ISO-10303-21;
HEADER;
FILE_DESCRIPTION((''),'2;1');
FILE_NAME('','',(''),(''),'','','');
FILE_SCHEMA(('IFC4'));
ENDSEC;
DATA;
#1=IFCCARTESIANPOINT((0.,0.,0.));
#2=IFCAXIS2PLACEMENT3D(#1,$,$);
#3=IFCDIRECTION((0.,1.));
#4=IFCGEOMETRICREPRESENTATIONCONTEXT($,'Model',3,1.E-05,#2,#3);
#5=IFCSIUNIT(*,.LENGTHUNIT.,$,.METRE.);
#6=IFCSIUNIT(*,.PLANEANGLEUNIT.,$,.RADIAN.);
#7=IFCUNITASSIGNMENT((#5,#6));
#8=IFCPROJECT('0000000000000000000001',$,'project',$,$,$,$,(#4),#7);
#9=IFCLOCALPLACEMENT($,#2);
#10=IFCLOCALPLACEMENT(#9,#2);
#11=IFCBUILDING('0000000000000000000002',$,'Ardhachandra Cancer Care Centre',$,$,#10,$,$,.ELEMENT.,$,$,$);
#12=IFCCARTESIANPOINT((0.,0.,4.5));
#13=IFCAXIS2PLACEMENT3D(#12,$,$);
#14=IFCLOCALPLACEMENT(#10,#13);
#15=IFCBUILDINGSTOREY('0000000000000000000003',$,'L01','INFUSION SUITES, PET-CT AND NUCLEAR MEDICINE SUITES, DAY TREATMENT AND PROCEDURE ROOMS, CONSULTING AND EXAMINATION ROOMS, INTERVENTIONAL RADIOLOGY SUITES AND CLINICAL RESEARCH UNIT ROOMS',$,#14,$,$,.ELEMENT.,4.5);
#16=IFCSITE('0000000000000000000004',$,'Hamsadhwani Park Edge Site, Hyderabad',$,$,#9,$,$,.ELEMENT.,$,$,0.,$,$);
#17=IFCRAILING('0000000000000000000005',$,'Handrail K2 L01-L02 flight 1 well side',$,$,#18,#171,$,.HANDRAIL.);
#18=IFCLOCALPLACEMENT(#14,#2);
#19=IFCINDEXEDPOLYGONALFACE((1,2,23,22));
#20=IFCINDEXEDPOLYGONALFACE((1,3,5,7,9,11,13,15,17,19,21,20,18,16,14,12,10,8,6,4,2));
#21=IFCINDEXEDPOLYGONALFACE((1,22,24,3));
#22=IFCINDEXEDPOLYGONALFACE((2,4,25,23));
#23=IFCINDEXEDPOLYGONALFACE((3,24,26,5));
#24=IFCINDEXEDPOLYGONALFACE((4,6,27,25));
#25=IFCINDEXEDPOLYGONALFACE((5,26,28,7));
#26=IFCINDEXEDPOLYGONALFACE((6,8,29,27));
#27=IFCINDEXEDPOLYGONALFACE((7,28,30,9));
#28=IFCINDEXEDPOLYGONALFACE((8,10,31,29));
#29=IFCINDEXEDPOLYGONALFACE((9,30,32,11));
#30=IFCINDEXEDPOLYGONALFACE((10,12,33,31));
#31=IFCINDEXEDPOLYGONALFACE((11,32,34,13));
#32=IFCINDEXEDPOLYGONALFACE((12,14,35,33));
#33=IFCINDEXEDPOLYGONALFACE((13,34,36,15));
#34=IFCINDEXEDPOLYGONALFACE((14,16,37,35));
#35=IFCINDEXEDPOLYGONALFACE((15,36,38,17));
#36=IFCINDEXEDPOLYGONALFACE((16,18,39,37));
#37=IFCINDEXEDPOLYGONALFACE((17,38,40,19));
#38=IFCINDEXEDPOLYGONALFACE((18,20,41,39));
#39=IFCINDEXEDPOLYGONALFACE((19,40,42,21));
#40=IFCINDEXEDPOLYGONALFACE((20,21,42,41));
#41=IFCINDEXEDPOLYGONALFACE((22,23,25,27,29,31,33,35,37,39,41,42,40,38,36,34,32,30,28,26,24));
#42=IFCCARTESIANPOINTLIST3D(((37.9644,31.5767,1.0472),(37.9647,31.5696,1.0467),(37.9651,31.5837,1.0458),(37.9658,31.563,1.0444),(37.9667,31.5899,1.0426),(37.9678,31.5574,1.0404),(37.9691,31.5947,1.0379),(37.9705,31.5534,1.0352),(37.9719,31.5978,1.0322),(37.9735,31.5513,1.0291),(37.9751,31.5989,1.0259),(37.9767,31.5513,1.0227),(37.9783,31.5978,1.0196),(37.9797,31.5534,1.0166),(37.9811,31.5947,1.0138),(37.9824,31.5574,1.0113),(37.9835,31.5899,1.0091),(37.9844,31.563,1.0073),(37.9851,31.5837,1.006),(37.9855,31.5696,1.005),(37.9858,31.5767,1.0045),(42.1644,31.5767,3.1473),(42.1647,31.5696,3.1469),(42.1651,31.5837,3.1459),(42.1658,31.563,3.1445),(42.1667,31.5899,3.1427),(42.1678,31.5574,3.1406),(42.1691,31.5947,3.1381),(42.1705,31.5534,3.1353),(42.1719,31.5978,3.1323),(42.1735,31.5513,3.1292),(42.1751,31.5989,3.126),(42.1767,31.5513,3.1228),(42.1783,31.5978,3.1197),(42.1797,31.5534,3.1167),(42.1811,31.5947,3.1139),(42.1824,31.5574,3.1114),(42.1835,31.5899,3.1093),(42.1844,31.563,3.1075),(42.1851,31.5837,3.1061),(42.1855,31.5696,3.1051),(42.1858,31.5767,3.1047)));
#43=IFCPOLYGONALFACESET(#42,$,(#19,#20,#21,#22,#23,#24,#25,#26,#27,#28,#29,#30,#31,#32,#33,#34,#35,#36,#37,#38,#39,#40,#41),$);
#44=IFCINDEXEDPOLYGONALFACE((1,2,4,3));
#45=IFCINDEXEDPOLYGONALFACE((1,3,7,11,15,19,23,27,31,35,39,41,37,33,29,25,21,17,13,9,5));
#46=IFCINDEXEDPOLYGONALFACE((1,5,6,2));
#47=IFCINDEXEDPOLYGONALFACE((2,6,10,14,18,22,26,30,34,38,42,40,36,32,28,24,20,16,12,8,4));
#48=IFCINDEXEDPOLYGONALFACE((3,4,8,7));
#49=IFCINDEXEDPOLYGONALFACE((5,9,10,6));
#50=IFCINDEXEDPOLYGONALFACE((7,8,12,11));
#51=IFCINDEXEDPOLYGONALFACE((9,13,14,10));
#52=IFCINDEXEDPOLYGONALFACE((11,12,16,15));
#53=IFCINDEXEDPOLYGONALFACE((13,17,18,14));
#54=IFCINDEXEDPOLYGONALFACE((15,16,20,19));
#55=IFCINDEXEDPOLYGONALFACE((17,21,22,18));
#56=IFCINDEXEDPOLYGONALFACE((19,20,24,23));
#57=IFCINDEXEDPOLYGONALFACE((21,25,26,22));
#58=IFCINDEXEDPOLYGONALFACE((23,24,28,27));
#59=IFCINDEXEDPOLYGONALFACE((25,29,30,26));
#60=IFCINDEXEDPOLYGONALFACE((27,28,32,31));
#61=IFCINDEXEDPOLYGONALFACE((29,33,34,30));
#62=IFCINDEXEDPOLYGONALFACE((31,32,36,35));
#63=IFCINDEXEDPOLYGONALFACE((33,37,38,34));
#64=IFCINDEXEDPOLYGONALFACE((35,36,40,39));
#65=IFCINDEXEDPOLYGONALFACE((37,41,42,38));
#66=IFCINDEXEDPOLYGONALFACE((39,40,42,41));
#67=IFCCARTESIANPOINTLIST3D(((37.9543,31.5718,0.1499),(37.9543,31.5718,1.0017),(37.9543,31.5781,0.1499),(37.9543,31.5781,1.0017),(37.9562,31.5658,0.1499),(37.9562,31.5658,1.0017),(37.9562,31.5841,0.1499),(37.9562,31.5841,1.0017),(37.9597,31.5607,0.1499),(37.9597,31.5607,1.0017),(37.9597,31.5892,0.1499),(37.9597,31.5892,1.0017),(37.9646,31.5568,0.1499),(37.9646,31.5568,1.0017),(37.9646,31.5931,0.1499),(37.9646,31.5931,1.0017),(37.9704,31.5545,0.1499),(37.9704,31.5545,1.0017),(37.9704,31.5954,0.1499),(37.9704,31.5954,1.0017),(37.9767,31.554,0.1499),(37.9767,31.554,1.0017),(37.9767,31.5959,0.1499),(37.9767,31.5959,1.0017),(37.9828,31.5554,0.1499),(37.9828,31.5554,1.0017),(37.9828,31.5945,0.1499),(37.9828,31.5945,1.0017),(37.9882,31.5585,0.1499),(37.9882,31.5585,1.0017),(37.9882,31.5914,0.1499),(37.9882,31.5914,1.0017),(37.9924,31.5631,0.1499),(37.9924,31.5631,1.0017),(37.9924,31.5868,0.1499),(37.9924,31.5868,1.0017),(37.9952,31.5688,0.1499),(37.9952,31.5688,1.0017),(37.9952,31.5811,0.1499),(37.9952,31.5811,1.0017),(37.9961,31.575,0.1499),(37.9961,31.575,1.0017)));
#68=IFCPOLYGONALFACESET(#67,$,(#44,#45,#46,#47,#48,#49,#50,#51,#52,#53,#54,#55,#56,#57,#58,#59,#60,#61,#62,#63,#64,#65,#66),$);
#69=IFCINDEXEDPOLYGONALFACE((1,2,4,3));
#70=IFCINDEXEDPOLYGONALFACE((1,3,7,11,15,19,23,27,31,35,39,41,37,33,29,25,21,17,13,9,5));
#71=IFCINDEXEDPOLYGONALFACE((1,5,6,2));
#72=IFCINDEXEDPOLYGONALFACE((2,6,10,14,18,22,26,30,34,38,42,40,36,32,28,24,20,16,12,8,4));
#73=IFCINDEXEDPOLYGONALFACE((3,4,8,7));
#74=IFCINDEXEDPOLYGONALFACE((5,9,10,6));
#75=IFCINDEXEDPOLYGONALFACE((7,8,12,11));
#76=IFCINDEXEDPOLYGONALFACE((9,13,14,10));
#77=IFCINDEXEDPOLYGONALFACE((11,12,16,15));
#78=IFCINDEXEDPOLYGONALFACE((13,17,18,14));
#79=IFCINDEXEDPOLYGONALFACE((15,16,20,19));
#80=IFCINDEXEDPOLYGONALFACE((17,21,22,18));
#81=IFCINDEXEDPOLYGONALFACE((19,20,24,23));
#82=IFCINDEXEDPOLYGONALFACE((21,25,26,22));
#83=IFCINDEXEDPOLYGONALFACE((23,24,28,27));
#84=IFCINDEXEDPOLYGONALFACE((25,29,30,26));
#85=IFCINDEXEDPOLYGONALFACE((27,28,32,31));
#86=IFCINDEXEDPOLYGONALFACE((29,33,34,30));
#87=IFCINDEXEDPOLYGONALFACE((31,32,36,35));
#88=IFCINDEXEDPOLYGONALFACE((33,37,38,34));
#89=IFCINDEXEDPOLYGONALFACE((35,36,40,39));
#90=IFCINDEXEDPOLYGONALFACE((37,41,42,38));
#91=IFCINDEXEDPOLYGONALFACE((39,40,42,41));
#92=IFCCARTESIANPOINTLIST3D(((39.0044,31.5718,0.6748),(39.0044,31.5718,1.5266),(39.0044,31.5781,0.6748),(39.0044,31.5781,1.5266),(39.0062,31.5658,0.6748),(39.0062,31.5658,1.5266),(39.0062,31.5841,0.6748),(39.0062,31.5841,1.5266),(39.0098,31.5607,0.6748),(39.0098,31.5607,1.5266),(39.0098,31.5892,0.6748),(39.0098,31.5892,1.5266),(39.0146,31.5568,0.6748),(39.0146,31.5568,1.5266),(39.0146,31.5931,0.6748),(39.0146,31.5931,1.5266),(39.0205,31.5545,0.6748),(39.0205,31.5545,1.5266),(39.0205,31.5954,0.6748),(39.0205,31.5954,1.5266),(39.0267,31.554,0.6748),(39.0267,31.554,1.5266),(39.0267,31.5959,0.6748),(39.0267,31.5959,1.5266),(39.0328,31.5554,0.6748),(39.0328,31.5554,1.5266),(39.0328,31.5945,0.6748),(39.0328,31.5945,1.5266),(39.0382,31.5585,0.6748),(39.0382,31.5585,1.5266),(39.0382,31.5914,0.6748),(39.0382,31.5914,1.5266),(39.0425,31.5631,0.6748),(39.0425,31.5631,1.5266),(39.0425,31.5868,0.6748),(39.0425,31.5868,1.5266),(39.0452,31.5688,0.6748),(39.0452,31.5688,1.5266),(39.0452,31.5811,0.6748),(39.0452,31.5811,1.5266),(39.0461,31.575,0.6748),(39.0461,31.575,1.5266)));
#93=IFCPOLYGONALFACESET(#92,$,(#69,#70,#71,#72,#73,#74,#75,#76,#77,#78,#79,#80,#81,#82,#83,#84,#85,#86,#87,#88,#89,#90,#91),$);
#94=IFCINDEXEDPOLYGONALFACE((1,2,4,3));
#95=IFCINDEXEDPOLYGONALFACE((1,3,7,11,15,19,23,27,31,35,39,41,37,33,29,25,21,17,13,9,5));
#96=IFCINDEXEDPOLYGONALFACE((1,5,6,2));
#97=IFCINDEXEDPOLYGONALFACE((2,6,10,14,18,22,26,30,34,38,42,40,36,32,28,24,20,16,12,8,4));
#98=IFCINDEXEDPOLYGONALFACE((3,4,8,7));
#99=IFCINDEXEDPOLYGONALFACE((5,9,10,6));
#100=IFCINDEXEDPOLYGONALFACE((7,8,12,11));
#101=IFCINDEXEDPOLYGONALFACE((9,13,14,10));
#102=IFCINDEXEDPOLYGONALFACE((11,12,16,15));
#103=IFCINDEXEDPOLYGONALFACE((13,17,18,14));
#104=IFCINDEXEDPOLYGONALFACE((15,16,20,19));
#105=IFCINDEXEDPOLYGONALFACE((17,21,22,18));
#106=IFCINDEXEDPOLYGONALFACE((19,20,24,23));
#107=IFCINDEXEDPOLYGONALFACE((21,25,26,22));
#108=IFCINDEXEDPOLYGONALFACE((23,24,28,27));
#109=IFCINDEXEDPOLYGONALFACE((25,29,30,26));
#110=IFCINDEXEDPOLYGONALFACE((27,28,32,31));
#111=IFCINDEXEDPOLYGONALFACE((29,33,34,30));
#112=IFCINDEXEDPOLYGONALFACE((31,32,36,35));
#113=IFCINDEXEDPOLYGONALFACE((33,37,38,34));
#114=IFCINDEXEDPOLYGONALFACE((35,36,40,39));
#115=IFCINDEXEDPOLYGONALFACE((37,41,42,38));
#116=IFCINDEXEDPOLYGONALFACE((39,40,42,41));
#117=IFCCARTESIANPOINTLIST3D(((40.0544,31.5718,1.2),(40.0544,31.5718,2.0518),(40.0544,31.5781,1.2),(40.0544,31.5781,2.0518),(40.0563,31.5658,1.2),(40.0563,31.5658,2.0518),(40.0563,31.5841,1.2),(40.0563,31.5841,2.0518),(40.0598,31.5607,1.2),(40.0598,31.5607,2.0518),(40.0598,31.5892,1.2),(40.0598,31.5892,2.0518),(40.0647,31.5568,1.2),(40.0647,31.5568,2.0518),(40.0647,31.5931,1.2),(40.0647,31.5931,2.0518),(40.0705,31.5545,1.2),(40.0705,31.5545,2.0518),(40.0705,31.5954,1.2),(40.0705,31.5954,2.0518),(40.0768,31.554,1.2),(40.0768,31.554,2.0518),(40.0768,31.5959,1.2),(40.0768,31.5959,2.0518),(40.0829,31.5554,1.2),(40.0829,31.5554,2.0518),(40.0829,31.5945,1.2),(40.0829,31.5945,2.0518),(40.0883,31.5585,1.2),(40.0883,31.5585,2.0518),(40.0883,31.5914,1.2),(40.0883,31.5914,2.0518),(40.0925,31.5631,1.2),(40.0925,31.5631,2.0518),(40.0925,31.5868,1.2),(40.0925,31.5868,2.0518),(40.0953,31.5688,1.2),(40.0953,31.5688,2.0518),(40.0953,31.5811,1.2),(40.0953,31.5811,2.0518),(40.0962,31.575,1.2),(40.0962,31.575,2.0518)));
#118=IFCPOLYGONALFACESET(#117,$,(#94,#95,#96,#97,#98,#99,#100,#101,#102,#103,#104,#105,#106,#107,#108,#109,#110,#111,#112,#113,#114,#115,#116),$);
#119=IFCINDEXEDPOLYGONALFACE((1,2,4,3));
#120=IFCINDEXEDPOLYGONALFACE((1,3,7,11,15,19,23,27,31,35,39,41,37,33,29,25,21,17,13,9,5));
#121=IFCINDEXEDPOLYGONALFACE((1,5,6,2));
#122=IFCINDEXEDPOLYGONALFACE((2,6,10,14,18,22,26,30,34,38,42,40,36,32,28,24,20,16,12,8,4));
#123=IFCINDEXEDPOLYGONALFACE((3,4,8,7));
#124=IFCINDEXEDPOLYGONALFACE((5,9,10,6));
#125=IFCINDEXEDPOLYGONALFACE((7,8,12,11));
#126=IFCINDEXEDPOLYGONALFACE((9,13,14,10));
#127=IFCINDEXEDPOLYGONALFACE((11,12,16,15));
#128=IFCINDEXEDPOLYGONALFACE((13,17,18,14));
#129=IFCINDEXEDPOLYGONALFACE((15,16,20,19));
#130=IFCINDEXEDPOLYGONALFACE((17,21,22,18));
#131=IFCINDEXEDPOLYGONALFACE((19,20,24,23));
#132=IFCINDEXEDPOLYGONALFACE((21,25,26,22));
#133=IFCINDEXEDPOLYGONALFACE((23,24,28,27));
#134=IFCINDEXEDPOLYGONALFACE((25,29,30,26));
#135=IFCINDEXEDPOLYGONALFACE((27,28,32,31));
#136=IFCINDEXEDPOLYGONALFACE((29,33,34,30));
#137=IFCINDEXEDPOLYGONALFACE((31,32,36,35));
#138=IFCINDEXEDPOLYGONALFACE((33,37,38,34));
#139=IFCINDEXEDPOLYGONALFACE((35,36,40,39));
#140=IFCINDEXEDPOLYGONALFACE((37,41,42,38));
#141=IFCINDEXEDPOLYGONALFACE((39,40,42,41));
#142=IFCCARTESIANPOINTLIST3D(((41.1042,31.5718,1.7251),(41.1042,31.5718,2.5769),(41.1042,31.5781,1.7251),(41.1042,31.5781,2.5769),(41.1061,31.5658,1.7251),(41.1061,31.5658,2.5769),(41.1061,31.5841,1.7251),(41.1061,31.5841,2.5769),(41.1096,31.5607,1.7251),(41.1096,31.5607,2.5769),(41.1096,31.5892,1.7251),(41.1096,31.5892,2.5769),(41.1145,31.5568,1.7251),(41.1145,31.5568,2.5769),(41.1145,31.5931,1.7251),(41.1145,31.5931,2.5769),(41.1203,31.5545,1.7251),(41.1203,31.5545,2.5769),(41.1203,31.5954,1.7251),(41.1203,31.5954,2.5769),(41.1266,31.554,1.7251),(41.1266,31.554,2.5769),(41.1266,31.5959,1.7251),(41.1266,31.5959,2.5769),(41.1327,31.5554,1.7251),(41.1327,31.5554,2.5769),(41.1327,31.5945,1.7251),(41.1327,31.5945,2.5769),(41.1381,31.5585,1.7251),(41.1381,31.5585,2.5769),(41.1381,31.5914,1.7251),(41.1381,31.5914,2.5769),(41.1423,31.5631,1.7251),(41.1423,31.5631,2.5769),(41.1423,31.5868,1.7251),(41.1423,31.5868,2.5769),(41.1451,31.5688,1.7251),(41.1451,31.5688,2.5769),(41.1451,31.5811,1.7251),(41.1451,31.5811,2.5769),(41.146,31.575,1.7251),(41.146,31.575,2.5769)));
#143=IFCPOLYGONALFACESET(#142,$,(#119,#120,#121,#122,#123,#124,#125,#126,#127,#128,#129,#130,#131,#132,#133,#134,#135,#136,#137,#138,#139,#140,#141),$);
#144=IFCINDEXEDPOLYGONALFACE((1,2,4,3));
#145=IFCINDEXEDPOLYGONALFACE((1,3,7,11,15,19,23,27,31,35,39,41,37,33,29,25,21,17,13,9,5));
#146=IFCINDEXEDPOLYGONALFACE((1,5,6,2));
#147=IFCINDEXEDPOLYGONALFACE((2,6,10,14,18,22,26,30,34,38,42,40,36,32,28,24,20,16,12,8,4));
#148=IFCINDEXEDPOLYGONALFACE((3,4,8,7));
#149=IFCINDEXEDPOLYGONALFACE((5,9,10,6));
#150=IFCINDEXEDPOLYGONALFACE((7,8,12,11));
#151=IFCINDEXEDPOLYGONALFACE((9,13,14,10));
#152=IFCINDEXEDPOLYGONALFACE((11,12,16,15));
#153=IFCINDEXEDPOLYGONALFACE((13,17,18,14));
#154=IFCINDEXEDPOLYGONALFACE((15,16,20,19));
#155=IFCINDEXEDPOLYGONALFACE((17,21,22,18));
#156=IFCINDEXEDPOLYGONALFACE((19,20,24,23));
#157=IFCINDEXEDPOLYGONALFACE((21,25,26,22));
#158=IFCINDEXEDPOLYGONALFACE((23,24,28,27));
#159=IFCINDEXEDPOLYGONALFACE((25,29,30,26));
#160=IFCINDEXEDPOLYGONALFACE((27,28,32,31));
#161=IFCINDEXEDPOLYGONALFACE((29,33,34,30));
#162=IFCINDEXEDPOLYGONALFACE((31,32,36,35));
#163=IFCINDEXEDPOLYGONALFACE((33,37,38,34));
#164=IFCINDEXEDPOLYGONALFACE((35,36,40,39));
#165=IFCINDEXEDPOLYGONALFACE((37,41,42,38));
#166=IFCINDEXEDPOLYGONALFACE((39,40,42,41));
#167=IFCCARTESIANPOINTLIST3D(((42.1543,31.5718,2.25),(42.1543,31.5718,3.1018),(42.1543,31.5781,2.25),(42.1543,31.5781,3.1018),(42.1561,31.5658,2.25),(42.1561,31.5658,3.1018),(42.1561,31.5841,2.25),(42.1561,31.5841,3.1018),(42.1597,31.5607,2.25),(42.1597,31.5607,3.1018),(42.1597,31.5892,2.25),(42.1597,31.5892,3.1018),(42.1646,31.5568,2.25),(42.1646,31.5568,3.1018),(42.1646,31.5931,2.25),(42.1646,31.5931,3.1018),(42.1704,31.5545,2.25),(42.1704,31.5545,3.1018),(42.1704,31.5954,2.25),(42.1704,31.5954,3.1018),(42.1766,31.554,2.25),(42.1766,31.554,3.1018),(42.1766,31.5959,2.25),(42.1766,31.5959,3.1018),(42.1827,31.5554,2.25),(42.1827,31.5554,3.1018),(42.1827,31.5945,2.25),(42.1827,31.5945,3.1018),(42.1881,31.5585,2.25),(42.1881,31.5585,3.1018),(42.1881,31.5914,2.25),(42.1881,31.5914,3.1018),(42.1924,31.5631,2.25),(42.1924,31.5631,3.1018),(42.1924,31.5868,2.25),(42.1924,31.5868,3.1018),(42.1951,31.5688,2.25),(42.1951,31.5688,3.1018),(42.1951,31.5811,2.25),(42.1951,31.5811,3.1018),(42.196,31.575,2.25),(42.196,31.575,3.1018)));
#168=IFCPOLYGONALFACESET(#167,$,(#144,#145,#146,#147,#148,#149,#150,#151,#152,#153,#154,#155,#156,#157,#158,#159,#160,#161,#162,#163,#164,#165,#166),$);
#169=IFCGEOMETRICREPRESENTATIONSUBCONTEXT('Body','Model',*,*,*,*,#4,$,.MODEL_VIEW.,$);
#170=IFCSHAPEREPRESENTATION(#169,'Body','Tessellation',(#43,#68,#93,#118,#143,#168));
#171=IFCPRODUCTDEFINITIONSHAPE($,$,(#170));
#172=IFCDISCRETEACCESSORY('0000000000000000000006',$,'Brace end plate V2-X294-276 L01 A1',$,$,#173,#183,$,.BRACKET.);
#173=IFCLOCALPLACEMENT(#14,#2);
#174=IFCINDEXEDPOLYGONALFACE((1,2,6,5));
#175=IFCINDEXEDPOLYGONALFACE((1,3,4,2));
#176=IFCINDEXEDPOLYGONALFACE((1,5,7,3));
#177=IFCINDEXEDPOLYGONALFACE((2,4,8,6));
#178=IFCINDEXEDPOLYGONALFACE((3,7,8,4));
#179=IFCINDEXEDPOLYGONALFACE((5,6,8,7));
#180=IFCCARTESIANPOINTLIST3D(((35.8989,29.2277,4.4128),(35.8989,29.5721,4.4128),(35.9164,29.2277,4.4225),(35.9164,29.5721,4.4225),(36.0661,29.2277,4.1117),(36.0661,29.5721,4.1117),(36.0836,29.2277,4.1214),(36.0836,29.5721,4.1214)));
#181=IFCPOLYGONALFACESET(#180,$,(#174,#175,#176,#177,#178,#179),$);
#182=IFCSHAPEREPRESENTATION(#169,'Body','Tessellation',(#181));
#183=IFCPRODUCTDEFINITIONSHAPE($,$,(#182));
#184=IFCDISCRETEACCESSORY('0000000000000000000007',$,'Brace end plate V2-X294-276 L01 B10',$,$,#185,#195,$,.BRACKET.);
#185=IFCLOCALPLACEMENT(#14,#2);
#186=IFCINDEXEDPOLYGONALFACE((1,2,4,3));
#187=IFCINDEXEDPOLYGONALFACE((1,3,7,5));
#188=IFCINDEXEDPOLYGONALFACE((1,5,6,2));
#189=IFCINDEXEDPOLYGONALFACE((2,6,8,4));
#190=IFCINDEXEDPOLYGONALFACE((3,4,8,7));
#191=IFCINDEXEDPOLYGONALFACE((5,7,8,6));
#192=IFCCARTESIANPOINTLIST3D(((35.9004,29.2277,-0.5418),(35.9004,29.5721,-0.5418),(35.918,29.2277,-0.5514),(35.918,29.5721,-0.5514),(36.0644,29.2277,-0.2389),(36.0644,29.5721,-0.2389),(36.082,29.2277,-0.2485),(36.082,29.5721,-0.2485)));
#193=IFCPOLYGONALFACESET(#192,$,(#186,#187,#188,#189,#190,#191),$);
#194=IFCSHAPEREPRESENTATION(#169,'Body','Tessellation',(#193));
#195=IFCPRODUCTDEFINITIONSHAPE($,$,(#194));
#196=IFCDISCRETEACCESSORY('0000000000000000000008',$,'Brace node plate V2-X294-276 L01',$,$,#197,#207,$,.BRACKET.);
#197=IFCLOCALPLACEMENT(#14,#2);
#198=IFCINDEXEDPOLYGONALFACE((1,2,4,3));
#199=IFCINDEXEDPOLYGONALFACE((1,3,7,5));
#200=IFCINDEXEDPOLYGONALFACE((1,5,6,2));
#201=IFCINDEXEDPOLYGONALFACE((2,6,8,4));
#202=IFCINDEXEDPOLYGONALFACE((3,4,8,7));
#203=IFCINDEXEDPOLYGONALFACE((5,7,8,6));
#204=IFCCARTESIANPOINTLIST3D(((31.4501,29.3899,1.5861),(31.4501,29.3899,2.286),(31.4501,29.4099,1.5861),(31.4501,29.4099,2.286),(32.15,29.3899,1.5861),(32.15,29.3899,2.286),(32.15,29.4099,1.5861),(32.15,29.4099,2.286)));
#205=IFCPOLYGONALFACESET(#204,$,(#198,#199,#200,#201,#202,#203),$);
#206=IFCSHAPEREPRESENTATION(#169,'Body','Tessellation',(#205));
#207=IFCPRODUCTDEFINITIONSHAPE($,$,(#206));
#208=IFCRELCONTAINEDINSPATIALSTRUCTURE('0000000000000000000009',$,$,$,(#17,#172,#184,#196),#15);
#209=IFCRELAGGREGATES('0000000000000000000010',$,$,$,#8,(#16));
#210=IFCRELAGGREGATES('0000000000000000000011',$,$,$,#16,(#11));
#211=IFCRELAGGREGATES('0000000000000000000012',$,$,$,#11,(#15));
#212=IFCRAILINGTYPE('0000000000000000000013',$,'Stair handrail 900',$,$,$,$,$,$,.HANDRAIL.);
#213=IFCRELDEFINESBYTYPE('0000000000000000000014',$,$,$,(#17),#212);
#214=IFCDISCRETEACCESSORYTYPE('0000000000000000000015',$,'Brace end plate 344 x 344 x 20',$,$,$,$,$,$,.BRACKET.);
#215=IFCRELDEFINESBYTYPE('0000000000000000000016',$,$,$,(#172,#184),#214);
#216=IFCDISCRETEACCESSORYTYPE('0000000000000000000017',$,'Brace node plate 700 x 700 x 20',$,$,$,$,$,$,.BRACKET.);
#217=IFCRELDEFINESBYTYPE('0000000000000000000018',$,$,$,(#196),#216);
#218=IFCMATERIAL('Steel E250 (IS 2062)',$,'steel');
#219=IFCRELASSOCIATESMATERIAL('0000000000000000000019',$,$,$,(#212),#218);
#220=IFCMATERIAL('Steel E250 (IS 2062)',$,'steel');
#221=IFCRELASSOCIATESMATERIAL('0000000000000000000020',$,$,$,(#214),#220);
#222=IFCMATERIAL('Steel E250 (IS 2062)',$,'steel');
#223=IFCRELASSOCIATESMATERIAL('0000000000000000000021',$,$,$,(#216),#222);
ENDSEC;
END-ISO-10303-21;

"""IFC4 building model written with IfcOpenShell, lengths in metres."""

from ifc_helpers import new_model, si_unit, direction, frame, origin, origin_2d, place, context, subcontext, project, spatial, rectangle, circle, extrude, material, material_profile, profile_set, type_object, element, save


model = new_model("IFC4")

# Units and contexts
model_context = context("Model", 3, precision=1e-05, world=origin(), true_north=direction((0.0, 1.0)))
body_context = subcontext(model_context, "Body", "Model", "MODEL_VIEW")
ifc_project = project(units=[si_unit("LENGTHUNIT", "METRE"), si_unit("PLANEANGLEUNIT", "RADIAN")], contexts=[model_context])

# Site, building, storey
site_placement = place(None, origin())
site = spatial("IfcSite", under=ifc_project, at=site_placement, Name="Hamsadhwani Park Edge Site, Hyderabad", CompositionType="ELEMENT", RefElevation=0.0)
building_placement = place(site_placement, origin())
building = spatial("IfcBuilding", under=site, at=building_placement, Name="Ardhachandra Cancer Care Centre", CompositionType="ELEMENT")
storey_placement = place(building_placement, frame((0.0, 0.0, 4.5)))
storey = spatial("IfcBuildingStorey", under=building, at=storey_placement, Name="L01", Description="INFUSION SUITES, PET-CT AND NUCLEAR MEDICINE SUITES, DAY TREATMENT AND PROCEDURE ROOMS, CONSULTING AND EXAMINATION ROOMS, INTERVENTIONAL RADIOLOGY SUITES AND CLINICAL RESEARCH UNIT ROOMS", CompositionType="ELEMENT", Elevation=4.5)

# Railing
ifc_material_1 = material(Name="Steel E250 (IS 2062)", Category="steel")
railing_type_1 = type_object("IfcRailingType", Name="Stair handrail 900", PredefinedType="HANDRAIL", material=ifc_material_1)
for number, where, name in (
    (1, (37.9751, 31.575, 0.1499), "Handrail K2 L01-L02 flight 1 well side"),
):
    element("IfcRailing", number, at=place(storey_placement, frame(where)), inside=storey, type_object=railing_type_1, Name=name, PredefinedType="HANDRAIL", context=body_context, shape_type="SweptSolid", body=[
        extrude(circle(Radius=0.0239, at=origin_2d()), frame((0.0, 0.0, 0.876), z_axis=(0.894417, 0.0, 0.447234), x_axis=(0.0, 1.0, 0.0)), (0.0, 0.0, 1.0), 4.6958),
        extrude(circle(Radius=0.021, at=origin_2d()), origin(), (0.0, 0.0, 1.0), 0.8518),
        extrude(circle(Radius=0.021, at=origin_2d()), frame((1.05, 0.0, 0.5249)), (0.0, 0.0, 1.0), 0.8518),
        extrude(circle(Radius=0.021, at=origin_2d()), frame((2.1001, 0.0, 1.05)), (0.0, 0.0, 1.0), 0.8518),
        extrude(circle(Radius=0.021, at=origin_2d()), frame((3.1499, 0.0, 1.5752)), (0.0, 0.0, 1.0), 0.8518),
        extrude(circle(Radius=0.021, at=origin_2d()), frame((4.2, 0.0, 2.1001)), (0.0, 0.0, 1.0), 0.8518),
    ])

# Discrete accessories
ifc_material_2 = material(Name="Steel E250 (IS 2062)", Category="steel")
ifc_material_profile_1 = material_profile(ifc_material_2, rectangle(XDim=0.3445, YDim=0.3445, at=origin_2d()), Name="PL 344x344x20")
ifc_profile_set_1 = profile_set([ifc_material_profile_1], Name="Steel E250 (IS 2062)")
discrete_accessory_type_1 = type_object("IfcDiscreteAccessoryType", Name="Brace end plate 344 x 344 x 20", PredefinedType="BRACKET", material=ifc_profile_set_1)
for number, where, z_axis, x_axis, name in (
    (2, (36.0, 29.3999, 4.272), (-0.874157, 0.0, -0.485643), (0.0, -1.0, 0.0), "Brace end plate V2-X294-276 L01 A1"),
    (3, (36.0, 29.3999, -0.3999), (-0.879292, 0.0, 0.476283), (0.0, -1.0, 0.0), "Brace end plate V2-X294-276 L01 B10"),
):
    element("IfcDiscreteAccessory", number, at=place(storey_placement, frame(where, z_axis=z_axis, x_axis=x_axis)), inside=storey, type_object=discrete_accessory_type_1, Name=name, PredefinedType="BRACKET", context=body_context, shape_type="SweptSolid", body=[
        extrude(rectangle(XDim=0.3445, YDim=0.3445, at=origin_2d()), origin(), (0.0, 0.0, 1.0), 0.02),
    ])
ifc_material_3 = material(Name="Steel E250 (IS 2062)", Category="steel")
ifc_material_profile_2 = material_profile(ifc_material_3, rectangle(XDim=0.7, YDim=0.7, at=origin_2d()), Name="PL 700x700x20")
ifc_profile_set_2 = profile_set([ifc_material_profile_2], Name="Steel E250 (IS 2062)")
discrete_accessory_type_2 = type_object("IfcDiscreteAccessoryType", Name="Brace node plate 700 x 700 x 20", PredefinedType="BRACKET", material=ifc_profile_set_2)
discrete_accessory_placement = place(storey_placement, frame((31.8, 29.3899, 1.936), z_axis=(0.0, 1.0, 0.0), x_axis=(-1.0, 0.0, 0.0)))
element("IfcDiscreteAccessory", 4, at=discrete_accessory_placement, inside=storey, type_object=discrete_accessory_type_2, Name="Brace node plate V2-X294-276 L01", PredefinedType="BRACKET", context=body_context, shape_type="SweptSolid", body=[
    extrude(rectangle(XDim=0.7, YDim=0.7, at=origin_2d()), origin(), (0.0, 0.0, 1.0), 0.02),
])

save(model, "model.ifc")
